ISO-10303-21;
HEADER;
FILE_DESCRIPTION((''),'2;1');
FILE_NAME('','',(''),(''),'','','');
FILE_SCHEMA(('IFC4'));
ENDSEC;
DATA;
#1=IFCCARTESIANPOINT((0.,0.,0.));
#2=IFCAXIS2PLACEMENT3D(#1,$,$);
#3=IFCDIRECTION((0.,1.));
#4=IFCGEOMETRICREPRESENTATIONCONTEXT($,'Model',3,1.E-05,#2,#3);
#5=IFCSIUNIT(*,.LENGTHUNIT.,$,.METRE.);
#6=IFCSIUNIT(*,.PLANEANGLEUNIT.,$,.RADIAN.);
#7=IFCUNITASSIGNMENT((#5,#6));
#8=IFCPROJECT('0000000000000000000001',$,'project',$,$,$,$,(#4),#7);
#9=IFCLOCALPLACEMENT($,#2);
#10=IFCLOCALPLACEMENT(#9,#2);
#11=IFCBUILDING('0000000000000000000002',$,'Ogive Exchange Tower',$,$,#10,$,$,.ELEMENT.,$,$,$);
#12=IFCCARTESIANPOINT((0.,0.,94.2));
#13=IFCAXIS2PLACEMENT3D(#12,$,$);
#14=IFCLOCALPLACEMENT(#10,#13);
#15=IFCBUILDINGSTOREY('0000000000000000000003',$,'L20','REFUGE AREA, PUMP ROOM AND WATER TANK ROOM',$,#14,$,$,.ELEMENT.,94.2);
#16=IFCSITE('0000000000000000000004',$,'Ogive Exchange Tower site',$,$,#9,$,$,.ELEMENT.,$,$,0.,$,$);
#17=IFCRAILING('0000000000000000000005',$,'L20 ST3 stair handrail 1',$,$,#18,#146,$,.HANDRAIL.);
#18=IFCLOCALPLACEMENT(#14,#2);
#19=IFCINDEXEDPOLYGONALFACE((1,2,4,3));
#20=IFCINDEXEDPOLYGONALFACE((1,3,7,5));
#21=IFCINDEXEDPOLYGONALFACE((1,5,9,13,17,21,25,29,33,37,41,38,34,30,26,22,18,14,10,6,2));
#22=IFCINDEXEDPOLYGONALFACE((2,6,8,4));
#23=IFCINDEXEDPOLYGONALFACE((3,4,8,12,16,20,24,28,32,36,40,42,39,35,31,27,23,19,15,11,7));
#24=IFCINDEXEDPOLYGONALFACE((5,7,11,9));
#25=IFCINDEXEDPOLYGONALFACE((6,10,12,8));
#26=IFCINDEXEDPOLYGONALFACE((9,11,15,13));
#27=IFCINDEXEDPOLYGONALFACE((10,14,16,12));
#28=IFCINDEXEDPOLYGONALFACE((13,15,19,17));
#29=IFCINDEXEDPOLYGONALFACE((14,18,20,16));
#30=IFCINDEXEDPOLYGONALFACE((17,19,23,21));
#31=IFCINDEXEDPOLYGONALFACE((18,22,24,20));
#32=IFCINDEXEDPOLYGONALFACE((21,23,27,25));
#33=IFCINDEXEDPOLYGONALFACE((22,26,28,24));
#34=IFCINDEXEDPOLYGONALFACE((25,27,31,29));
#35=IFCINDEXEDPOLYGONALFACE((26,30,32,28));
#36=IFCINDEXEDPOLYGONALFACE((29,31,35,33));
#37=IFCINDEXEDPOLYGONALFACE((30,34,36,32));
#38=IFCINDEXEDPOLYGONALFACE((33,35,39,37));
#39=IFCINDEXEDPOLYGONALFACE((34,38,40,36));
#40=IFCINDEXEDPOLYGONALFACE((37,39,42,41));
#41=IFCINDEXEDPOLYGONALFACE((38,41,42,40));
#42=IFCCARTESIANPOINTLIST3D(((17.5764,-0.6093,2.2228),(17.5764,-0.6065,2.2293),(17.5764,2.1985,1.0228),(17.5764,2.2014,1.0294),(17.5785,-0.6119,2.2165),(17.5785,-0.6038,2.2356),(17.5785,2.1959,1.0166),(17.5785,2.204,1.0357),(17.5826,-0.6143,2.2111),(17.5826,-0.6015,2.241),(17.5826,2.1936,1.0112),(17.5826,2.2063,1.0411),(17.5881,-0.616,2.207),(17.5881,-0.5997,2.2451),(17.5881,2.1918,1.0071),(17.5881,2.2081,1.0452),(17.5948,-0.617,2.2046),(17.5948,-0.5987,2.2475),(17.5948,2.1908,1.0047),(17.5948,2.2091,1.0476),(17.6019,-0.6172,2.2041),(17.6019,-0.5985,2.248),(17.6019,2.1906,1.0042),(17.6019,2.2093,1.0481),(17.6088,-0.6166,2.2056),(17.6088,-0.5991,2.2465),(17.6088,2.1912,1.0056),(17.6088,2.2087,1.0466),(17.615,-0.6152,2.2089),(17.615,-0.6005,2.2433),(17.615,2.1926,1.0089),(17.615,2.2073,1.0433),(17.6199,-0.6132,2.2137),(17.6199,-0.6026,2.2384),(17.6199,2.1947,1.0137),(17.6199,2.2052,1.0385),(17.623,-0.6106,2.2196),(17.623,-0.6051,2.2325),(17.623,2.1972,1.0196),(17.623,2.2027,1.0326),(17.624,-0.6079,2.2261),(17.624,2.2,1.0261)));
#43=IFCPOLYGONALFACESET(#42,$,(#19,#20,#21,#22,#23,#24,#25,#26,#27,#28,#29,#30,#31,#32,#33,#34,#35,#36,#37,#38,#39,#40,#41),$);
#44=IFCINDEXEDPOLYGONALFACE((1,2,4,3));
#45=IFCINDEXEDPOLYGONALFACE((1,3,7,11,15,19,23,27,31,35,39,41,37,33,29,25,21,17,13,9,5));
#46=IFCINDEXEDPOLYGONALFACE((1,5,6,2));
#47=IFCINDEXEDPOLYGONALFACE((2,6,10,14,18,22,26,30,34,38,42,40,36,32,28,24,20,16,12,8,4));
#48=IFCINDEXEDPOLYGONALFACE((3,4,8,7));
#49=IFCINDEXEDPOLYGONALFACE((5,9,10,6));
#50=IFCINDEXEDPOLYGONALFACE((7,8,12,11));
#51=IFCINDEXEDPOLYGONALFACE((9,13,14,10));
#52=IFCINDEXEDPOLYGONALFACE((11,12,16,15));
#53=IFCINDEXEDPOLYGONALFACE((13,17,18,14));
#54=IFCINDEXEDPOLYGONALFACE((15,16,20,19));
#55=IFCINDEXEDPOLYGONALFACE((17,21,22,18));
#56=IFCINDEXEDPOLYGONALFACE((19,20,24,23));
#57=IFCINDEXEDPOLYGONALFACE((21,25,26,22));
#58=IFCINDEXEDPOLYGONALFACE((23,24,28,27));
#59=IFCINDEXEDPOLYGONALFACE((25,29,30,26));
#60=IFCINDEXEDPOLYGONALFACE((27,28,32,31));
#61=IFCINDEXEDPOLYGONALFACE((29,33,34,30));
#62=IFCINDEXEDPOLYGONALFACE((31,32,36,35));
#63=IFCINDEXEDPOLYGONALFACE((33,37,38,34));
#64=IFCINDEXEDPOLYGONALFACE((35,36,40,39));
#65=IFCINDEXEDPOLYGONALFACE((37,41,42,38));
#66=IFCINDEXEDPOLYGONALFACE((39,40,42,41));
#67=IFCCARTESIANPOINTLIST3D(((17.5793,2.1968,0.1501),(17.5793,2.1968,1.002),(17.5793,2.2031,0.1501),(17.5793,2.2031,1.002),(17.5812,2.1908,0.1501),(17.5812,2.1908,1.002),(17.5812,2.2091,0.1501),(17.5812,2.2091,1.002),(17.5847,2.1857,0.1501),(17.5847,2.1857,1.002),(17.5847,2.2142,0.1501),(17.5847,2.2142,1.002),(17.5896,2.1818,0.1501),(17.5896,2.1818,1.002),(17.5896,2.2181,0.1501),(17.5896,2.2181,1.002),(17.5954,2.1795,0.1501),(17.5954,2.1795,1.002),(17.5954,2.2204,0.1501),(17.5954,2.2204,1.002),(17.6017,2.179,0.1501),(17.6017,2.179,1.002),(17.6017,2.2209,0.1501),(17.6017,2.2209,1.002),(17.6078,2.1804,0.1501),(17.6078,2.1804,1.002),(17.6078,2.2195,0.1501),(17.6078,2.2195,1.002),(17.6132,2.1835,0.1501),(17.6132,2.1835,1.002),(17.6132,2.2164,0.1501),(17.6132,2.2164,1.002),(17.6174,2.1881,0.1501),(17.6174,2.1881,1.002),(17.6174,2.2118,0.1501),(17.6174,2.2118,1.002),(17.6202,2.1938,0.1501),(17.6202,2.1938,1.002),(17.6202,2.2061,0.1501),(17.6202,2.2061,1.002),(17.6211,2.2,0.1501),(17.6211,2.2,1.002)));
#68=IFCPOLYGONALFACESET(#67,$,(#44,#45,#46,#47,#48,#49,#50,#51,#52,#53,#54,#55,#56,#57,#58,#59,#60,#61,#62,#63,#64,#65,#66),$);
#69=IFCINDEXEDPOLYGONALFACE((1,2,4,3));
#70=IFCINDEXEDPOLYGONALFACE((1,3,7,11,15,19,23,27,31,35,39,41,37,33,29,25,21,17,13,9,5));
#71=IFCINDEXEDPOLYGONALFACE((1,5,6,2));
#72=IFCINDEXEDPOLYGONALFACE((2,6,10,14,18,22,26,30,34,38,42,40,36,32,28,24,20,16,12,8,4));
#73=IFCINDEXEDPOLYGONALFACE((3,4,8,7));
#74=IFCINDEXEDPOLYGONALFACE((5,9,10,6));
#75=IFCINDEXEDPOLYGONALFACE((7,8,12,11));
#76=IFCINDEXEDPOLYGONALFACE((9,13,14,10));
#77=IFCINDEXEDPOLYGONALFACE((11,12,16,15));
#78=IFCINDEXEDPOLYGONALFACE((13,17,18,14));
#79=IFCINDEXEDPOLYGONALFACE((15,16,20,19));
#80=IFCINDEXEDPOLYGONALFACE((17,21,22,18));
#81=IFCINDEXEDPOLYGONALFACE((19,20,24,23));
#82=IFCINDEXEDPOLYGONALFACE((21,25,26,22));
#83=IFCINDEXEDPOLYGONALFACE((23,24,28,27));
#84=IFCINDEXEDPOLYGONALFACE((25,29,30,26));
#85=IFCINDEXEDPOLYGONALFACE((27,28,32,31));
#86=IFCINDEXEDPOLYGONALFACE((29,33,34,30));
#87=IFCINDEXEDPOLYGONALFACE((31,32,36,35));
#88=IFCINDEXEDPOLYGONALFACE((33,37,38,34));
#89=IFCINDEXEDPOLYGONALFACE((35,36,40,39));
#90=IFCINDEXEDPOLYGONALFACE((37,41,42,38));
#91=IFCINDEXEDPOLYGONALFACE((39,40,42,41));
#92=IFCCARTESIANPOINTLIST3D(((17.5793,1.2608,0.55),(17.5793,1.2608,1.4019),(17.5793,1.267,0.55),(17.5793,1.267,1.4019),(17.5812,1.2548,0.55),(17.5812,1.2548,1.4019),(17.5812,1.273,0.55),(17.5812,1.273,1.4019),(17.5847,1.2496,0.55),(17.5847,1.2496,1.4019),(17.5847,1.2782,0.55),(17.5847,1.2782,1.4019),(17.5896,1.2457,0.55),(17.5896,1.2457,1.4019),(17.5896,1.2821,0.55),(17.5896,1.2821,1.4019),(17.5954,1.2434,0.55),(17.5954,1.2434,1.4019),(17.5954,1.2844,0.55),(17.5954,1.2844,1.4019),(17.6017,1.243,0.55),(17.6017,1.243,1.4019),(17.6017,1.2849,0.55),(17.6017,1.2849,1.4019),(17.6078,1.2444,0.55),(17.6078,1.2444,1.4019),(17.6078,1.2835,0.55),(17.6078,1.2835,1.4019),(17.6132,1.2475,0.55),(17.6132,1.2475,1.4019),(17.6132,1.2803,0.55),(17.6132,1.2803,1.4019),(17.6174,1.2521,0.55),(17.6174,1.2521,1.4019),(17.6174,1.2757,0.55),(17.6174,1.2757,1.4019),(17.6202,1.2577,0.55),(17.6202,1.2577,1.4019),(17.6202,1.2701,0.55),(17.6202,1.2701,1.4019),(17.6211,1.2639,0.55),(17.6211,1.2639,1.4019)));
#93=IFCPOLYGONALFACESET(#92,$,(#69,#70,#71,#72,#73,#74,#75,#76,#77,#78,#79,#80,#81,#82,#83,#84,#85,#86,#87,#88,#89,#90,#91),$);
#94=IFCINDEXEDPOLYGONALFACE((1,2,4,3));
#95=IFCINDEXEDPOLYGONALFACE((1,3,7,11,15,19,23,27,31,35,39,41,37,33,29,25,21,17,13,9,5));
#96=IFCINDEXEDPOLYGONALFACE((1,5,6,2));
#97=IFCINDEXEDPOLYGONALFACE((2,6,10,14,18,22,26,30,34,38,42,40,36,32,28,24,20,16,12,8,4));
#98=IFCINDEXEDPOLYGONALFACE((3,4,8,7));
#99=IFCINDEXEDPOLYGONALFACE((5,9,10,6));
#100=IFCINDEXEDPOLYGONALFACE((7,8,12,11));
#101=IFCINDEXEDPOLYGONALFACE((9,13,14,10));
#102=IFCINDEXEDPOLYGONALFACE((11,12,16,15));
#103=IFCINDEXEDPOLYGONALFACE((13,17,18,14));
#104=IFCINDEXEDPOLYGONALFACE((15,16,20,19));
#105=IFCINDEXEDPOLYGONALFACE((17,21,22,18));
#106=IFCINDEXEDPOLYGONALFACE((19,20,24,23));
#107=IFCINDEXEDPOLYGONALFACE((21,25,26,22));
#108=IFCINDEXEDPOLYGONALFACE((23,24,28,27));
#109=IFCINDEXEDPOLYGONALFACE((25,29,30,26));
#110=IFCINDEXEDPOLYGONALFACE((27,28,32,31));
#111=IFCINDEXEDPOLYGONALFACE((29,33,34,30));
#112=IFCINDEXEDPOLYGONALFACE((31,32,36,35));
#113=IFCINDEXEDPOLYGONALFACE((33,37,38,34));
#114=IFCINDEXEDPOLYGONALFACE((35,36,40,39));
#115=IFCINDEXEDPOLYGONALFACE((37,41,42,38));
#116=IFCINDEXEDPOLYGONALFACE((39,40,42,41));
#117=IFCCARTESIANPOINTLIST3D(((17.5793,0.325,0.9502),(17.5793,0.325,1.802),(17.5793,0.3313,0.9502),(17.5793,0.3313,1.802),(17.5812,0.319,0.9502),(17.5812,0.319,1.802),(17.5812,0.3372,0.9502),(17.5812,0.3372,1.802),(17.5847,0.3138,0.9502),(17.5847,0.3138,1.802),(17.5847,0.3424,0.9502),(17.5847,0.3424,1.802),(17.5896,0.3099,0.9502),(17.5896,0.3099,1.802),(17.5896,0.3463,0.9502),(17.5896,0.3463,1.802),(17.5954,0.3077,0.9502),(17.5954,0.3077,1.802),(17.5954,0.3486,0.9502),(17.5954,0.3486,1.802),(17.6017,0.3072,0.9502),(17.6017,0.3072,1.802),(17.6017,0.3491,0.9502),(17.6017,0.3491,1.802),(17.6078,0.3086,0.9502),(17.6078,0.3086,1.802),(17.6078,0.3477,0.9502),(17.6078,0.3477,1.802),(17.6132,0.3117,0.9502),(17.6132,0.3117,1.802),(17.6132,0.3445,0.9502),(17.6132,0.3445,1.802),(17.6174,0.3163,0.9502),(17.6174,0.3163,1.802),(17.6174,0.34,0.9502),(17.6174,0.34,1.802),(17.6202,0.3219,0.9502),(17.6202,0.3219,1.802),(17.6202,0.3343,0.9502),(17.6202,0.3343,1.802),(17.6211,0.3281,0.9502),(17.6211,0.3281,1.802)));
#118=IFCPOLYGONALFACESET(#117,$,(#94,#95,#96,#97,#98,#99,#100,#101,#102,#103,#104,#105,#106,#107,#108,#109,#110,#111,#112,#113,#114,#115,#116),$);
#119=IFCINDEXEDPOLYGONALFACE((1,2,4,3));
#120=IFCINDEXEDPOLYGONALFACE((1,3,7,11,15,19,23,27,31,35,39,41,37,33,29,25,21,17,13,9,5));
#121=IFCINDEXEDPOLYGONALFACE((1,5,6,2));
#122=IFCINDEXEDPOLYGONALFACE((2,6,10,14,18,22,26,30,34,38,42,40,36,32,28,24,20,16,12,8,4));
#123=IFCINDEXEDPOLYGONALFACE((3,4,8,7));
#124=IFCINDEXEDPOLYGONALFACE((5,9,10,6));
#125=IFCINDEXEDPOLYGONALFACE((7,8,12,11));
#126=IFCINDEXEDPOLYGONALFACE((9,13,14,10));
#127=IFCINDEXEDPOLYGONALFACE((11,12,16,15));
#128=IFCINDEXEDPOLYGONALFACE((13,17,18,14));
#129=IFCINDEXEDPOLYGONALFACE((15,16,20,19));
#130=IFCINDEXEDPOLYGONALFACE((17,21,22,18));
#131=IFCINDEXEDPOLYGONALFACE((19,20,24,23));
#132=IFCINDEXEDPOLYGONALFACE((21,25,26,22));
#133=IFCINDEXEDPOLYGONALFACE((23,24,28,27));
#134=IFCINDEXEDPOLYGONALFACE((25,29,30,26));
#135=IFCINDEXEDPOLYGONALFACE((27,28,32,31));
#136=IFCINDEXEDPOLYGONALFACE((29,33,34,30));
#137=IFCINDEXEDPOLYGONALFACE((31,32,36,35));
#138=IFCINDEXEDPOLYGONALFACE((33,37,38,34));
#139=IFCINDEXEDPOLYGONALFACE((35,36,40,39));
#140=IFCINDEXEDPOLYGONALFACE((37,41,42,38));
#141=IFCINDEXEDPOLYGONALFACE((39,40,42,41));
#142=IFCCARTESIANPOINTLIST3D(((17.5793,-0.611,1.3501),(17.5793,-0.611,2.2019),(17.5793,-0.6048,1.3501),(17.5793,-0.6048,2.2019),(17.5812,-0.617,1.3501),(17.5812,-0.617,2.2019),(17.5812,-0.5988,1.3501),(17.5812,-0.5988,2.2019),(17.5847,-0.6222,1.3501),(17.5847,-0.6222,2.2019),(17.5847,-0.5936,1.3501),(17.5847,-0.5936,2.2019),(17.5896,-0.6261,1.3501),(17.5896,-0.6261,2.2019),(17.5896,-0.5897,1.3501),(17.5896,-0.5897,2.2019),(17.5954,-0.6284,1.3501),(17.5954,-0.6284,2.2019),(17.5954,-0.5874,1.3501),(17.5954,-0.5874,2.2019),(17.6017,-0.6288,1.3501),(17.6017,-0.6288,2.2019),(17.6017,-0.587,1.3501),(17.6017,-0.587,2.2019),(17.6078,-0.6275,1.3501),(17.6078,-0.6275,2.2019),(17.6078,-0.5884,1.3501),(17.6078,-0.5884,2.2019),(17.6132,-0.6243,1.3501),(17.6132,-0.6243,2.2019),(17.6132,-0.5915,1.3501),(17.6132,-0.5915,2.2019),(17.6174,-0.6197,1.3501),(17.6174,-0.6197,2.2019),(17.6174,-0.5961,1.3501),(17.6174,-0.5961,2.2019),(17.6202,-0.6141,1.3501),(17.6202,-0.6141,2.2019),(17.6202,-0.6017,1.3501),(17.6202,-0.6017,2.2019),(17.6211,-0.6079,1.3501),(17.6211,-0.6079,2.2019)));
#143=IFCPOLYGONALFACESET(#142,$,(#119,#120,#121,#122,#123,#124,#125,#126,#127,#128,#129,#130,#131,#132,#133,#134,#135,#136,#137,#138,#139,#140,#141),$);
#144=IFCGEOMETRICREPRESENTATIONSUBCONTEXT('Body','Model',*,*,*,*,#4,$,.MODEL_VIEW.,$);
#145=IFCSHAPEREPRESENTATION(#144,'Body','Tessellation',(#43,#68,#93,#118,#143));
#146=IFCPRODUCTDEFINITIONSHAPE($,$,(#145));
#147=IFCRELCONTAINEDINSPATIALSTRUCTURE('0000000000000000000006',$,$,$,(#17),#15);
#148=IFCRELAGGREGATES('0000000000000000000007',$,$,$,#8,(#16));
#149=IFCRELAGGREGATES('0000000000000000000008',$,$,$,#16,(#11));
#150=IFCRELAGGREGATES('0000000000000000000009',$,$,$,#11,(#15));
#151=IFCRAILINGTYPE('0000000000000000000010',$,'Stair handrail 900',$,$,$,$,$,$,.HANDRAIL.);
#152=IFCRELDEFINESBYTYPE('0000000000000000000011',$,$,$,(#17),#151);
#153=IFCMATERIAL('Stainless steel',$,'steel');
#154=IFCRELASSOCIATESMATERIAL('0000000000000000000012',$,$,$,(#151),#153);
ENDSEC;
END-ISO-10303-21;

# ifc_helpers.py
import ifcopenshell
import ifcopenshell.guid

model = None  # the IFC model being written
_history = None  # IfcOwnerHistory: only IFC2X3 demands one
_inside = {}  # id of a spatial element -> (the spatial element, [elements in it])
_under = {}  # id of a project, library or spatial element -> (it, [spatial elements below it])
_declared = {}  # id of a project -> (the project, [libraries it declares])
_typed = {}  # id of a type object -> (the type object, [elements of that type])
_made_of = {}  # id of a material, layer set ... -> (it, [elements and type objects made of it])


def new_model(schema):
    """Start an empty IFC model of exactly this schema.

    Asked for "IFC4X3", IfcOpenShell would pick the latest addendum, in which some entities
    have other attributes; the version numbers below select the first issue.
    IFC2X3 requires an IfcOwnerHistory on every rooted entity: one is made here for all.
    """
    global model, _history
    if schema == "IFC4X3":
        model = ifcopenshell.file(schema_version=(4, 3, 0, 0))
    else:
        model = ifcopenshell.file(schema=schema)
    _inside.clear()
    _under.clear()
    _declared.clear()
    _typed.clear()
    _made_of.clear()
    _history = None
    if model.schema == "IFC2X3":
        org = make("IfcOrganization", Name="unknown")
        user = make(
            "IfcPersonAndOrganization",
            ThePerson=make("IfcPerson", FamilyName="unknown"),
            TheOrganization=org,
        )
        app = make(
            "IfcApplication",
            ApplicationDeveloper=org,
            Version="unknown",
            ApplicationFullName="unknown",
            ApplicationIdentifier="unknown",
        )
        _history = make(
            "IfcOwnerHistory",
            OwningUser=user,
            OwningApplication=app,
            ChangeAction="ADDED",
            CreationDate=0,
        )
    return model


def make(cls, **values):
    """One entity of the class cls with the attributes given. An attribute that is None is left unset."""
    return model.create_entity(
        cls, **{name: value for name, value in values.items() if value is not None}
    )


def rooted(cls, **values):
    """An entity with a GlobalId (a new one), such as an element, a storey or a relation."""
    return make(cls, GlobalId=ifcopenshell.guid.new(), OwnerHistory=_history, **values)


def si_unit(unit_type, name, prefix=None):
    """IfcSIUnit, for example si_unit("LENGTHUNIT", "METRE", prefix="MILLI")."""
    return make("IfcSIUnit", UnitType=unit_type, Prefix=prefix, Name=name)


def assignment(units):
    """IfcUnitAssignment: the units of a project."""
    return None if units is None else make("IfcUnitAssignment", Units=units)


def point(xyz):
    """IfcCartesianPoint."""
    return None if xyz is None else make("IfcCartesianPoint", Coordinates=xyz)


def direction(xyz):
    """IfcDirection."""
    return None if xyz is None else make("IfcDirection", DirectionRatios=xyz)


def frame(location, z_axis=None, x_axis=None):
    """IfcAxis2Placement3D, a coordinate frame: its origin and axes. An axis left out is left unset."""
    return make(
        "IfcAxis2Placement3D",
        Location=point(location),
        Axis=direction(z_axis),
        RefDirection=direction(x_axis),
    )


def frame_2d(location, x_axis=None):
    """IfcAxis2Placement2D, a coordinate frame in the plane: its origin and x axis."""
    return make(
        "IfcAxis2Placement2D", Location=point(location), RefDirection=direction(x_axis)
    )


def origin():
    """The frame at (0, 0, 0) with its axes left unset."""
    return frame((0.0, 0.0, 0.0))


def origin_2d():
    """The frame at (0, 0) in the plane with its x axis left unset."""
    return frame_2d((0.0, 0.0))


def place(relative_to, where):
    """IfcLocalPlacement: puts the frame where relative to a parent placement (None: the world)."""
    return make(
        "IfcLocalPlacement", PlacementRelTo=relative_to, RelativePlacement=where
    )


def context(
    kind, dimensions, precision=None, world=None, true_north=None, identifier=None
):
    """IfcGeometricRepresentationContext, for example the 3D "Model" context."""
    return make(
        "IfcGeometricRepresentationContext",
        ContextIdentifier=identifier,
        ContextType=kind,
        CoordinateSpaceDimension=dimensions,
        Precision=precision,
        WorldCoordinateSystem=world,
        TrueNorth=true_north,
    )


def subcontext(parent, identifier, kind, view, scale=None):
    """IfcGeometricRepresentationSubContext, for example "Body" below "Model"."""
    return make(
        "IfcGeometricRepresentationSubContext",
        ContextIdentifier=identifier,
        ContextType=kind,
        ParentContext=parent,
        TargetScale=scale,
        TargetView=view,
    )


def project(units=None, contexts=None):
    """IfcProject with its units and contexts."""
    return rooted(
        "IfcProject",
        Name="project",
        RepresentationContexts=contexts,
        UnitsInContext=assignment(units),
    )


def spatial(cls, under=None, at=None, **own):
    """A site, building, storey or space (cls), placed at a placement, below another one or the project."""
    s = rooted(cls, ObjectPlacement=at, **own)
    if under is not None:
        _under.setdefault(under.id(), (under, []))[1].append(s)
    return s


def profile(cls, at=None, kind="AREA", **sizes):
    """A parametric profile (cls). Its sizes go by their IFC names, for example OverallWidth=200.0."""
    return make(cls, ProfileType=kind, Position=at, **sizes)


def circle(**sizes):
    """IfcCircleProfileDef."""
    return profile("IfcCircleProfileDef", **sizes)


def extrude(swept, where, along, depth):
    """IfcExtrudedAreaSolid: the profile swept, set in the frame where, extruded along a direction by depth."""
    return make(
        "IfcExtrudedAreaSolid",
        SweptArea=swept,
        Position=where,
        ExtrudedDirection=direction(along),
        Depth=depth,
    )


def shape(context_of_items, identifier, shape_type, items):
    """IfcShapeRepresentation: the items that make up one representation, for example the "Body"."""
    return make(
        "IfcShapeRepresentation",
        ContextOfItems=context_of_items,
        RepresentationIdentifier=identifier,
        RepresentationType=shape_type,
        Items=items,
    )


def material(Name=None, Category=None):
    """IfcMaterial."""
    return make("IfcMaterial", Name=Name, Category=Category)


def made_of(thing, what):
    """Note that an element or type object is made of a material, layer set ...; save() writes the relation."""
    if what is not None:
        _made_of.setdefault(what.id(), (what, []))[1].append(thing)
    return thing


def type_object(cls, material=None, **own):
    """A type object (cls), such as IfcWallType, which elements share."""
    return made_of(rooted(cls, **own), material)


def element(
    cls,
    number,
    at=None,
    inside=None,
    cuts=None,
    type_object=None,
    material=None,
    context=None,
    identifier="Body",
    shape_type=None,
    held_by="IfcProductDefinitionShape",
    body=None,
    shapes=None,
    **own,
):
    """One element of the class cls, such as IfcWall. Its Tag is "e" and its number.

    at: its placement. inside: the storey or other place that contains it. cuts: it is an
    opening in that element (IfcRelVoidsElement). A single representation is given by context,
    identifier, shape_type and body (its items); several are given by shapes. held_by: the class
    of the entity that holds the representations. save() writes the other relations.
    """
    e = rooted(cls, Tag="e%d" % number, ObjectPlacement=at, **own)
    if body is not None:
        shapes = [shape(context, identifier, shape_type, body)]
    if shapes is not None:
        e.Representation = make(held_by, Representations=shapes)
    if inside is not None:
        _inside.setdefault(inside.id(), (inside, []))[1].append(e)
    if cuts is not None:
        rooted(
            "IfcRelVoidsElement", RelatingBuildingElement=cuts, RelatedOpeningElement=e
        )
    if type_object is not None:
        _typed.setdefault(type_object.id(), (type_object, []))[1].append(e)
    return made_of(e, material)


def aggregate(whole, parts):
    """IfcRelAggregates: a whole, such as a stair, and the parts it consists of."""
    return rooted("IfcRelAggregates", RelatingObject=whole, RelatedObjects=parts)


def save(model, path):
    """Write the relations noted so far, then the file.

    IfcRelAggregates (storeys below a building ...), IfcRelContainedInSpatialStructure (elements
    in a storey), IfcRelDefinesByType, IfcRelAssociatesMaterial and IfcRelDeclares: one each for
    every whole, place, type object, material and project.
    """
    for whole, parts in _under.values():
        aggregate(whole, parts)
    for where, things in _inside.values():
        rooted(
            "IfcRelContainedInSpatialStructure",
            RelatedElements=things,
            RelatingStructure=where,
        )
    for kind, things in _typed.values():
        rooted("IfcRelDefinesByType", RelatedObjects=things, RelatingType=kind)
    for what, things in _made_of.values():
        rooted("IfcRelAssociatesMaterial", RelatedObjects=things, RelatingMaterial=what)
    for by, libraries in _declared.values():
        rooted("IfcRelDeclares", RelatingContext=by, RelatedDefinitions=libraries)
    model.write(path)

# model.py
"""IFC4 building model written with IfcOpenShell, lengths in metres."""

from ifc_helpers import new_model, si_unit, direction, frame, origin, origin_2d, place, context, subcontext, project, spatial, circle, extrude, material, type_object, element, save


model = new_model("IFC4")

# Units and contexts
model_context = context("Model", 3, precision=1e-05, world=origin(), true_north=direction((0.0, 1.0)))
body_context = subcontext(model_context, "Body", "Model", "MODEL_VIEW")
ifc_project = project(units=[si_unit("LENGTHUNIT", "METRE"), si_unit("PLANEANGLEUNIT", "RADIAN")], contexts=[model_context])

# Site, building, storey
site_placement = place(None, origin())
site = spatial("IfcSite", under=ifc_project, at=site_placement, Name="Ogive Exchange Tower site", CompositionType="ELEMENT", RefElevation=0.0)
building_placement = place(site_placement, origin())
building = spatial("IfcBuilding", under=site, at=building_placement, Name="Ogive Exchange Tower", CompositionType="ELEMENT")
storey_placement = place(building_placement, frame((0.0, 0.0, 94.2)))
storey = spatial("IfcBuildingStorey", under=building, at=storey_placement, Name="L20", Description="REFUGE AREA, PUMP ROOM AND WATER TANK ROOM", CompositionType="ELEMENT", Elevation=94.2)

# Shared definitions
ifc_material_1 = material(Name="Stainless steel", Category="steel")

# Railing
railing_type = type_object("IfcRailingType", Name="Stair handrail 900", PredefinedType="HANDRAIL", material=ifc_material_1)
for number, where, name in (
    (1, (17.6001, 2.2, 0.1501), "L20 ST3 stair handrail 1"),
):
    element("IfcRailing", number, at=place(storey_placement, frame(where)), inside=storey, type_object=railing_type, Name=name, PredefinedType="HANDRAIL", context=body_context, shape_type="SweptSolid", body=[
        extrude(circle(Radius=0.0239, at=origin_2d()), frame((0.0, 0.0, 0.876), z_axis=(0.0, -0.91955, 0.392973), x_axis=(1.0, 0.0, 0.0)), (0.0, 0.0, 1.0), 3.0535),
        extrude(circle(Radius=0.021, at=origin_2d()), origin(), (0.0, 0.0, 1.0), 0.8518),
        extrude(circle(Radius=0.021, at=origin_2d()), frame((0.0, -0.936, 0.3999)), (0.0, 0.0, 1.0), 0.8518),
        extrude(circle(Radius=0.021, at=origin_2d()), frame((0.0, -1.8718, 0.8)), (0.0, 0.0, 1.0), 0.8518),
        extrude(circle(Radius=0.021, at=origin_2d()), frame((0.0, -2.8079, 1.2)), (0.0, 0.0, 1.0), 0.8518),
    ])

save(model, "model.ifc")
